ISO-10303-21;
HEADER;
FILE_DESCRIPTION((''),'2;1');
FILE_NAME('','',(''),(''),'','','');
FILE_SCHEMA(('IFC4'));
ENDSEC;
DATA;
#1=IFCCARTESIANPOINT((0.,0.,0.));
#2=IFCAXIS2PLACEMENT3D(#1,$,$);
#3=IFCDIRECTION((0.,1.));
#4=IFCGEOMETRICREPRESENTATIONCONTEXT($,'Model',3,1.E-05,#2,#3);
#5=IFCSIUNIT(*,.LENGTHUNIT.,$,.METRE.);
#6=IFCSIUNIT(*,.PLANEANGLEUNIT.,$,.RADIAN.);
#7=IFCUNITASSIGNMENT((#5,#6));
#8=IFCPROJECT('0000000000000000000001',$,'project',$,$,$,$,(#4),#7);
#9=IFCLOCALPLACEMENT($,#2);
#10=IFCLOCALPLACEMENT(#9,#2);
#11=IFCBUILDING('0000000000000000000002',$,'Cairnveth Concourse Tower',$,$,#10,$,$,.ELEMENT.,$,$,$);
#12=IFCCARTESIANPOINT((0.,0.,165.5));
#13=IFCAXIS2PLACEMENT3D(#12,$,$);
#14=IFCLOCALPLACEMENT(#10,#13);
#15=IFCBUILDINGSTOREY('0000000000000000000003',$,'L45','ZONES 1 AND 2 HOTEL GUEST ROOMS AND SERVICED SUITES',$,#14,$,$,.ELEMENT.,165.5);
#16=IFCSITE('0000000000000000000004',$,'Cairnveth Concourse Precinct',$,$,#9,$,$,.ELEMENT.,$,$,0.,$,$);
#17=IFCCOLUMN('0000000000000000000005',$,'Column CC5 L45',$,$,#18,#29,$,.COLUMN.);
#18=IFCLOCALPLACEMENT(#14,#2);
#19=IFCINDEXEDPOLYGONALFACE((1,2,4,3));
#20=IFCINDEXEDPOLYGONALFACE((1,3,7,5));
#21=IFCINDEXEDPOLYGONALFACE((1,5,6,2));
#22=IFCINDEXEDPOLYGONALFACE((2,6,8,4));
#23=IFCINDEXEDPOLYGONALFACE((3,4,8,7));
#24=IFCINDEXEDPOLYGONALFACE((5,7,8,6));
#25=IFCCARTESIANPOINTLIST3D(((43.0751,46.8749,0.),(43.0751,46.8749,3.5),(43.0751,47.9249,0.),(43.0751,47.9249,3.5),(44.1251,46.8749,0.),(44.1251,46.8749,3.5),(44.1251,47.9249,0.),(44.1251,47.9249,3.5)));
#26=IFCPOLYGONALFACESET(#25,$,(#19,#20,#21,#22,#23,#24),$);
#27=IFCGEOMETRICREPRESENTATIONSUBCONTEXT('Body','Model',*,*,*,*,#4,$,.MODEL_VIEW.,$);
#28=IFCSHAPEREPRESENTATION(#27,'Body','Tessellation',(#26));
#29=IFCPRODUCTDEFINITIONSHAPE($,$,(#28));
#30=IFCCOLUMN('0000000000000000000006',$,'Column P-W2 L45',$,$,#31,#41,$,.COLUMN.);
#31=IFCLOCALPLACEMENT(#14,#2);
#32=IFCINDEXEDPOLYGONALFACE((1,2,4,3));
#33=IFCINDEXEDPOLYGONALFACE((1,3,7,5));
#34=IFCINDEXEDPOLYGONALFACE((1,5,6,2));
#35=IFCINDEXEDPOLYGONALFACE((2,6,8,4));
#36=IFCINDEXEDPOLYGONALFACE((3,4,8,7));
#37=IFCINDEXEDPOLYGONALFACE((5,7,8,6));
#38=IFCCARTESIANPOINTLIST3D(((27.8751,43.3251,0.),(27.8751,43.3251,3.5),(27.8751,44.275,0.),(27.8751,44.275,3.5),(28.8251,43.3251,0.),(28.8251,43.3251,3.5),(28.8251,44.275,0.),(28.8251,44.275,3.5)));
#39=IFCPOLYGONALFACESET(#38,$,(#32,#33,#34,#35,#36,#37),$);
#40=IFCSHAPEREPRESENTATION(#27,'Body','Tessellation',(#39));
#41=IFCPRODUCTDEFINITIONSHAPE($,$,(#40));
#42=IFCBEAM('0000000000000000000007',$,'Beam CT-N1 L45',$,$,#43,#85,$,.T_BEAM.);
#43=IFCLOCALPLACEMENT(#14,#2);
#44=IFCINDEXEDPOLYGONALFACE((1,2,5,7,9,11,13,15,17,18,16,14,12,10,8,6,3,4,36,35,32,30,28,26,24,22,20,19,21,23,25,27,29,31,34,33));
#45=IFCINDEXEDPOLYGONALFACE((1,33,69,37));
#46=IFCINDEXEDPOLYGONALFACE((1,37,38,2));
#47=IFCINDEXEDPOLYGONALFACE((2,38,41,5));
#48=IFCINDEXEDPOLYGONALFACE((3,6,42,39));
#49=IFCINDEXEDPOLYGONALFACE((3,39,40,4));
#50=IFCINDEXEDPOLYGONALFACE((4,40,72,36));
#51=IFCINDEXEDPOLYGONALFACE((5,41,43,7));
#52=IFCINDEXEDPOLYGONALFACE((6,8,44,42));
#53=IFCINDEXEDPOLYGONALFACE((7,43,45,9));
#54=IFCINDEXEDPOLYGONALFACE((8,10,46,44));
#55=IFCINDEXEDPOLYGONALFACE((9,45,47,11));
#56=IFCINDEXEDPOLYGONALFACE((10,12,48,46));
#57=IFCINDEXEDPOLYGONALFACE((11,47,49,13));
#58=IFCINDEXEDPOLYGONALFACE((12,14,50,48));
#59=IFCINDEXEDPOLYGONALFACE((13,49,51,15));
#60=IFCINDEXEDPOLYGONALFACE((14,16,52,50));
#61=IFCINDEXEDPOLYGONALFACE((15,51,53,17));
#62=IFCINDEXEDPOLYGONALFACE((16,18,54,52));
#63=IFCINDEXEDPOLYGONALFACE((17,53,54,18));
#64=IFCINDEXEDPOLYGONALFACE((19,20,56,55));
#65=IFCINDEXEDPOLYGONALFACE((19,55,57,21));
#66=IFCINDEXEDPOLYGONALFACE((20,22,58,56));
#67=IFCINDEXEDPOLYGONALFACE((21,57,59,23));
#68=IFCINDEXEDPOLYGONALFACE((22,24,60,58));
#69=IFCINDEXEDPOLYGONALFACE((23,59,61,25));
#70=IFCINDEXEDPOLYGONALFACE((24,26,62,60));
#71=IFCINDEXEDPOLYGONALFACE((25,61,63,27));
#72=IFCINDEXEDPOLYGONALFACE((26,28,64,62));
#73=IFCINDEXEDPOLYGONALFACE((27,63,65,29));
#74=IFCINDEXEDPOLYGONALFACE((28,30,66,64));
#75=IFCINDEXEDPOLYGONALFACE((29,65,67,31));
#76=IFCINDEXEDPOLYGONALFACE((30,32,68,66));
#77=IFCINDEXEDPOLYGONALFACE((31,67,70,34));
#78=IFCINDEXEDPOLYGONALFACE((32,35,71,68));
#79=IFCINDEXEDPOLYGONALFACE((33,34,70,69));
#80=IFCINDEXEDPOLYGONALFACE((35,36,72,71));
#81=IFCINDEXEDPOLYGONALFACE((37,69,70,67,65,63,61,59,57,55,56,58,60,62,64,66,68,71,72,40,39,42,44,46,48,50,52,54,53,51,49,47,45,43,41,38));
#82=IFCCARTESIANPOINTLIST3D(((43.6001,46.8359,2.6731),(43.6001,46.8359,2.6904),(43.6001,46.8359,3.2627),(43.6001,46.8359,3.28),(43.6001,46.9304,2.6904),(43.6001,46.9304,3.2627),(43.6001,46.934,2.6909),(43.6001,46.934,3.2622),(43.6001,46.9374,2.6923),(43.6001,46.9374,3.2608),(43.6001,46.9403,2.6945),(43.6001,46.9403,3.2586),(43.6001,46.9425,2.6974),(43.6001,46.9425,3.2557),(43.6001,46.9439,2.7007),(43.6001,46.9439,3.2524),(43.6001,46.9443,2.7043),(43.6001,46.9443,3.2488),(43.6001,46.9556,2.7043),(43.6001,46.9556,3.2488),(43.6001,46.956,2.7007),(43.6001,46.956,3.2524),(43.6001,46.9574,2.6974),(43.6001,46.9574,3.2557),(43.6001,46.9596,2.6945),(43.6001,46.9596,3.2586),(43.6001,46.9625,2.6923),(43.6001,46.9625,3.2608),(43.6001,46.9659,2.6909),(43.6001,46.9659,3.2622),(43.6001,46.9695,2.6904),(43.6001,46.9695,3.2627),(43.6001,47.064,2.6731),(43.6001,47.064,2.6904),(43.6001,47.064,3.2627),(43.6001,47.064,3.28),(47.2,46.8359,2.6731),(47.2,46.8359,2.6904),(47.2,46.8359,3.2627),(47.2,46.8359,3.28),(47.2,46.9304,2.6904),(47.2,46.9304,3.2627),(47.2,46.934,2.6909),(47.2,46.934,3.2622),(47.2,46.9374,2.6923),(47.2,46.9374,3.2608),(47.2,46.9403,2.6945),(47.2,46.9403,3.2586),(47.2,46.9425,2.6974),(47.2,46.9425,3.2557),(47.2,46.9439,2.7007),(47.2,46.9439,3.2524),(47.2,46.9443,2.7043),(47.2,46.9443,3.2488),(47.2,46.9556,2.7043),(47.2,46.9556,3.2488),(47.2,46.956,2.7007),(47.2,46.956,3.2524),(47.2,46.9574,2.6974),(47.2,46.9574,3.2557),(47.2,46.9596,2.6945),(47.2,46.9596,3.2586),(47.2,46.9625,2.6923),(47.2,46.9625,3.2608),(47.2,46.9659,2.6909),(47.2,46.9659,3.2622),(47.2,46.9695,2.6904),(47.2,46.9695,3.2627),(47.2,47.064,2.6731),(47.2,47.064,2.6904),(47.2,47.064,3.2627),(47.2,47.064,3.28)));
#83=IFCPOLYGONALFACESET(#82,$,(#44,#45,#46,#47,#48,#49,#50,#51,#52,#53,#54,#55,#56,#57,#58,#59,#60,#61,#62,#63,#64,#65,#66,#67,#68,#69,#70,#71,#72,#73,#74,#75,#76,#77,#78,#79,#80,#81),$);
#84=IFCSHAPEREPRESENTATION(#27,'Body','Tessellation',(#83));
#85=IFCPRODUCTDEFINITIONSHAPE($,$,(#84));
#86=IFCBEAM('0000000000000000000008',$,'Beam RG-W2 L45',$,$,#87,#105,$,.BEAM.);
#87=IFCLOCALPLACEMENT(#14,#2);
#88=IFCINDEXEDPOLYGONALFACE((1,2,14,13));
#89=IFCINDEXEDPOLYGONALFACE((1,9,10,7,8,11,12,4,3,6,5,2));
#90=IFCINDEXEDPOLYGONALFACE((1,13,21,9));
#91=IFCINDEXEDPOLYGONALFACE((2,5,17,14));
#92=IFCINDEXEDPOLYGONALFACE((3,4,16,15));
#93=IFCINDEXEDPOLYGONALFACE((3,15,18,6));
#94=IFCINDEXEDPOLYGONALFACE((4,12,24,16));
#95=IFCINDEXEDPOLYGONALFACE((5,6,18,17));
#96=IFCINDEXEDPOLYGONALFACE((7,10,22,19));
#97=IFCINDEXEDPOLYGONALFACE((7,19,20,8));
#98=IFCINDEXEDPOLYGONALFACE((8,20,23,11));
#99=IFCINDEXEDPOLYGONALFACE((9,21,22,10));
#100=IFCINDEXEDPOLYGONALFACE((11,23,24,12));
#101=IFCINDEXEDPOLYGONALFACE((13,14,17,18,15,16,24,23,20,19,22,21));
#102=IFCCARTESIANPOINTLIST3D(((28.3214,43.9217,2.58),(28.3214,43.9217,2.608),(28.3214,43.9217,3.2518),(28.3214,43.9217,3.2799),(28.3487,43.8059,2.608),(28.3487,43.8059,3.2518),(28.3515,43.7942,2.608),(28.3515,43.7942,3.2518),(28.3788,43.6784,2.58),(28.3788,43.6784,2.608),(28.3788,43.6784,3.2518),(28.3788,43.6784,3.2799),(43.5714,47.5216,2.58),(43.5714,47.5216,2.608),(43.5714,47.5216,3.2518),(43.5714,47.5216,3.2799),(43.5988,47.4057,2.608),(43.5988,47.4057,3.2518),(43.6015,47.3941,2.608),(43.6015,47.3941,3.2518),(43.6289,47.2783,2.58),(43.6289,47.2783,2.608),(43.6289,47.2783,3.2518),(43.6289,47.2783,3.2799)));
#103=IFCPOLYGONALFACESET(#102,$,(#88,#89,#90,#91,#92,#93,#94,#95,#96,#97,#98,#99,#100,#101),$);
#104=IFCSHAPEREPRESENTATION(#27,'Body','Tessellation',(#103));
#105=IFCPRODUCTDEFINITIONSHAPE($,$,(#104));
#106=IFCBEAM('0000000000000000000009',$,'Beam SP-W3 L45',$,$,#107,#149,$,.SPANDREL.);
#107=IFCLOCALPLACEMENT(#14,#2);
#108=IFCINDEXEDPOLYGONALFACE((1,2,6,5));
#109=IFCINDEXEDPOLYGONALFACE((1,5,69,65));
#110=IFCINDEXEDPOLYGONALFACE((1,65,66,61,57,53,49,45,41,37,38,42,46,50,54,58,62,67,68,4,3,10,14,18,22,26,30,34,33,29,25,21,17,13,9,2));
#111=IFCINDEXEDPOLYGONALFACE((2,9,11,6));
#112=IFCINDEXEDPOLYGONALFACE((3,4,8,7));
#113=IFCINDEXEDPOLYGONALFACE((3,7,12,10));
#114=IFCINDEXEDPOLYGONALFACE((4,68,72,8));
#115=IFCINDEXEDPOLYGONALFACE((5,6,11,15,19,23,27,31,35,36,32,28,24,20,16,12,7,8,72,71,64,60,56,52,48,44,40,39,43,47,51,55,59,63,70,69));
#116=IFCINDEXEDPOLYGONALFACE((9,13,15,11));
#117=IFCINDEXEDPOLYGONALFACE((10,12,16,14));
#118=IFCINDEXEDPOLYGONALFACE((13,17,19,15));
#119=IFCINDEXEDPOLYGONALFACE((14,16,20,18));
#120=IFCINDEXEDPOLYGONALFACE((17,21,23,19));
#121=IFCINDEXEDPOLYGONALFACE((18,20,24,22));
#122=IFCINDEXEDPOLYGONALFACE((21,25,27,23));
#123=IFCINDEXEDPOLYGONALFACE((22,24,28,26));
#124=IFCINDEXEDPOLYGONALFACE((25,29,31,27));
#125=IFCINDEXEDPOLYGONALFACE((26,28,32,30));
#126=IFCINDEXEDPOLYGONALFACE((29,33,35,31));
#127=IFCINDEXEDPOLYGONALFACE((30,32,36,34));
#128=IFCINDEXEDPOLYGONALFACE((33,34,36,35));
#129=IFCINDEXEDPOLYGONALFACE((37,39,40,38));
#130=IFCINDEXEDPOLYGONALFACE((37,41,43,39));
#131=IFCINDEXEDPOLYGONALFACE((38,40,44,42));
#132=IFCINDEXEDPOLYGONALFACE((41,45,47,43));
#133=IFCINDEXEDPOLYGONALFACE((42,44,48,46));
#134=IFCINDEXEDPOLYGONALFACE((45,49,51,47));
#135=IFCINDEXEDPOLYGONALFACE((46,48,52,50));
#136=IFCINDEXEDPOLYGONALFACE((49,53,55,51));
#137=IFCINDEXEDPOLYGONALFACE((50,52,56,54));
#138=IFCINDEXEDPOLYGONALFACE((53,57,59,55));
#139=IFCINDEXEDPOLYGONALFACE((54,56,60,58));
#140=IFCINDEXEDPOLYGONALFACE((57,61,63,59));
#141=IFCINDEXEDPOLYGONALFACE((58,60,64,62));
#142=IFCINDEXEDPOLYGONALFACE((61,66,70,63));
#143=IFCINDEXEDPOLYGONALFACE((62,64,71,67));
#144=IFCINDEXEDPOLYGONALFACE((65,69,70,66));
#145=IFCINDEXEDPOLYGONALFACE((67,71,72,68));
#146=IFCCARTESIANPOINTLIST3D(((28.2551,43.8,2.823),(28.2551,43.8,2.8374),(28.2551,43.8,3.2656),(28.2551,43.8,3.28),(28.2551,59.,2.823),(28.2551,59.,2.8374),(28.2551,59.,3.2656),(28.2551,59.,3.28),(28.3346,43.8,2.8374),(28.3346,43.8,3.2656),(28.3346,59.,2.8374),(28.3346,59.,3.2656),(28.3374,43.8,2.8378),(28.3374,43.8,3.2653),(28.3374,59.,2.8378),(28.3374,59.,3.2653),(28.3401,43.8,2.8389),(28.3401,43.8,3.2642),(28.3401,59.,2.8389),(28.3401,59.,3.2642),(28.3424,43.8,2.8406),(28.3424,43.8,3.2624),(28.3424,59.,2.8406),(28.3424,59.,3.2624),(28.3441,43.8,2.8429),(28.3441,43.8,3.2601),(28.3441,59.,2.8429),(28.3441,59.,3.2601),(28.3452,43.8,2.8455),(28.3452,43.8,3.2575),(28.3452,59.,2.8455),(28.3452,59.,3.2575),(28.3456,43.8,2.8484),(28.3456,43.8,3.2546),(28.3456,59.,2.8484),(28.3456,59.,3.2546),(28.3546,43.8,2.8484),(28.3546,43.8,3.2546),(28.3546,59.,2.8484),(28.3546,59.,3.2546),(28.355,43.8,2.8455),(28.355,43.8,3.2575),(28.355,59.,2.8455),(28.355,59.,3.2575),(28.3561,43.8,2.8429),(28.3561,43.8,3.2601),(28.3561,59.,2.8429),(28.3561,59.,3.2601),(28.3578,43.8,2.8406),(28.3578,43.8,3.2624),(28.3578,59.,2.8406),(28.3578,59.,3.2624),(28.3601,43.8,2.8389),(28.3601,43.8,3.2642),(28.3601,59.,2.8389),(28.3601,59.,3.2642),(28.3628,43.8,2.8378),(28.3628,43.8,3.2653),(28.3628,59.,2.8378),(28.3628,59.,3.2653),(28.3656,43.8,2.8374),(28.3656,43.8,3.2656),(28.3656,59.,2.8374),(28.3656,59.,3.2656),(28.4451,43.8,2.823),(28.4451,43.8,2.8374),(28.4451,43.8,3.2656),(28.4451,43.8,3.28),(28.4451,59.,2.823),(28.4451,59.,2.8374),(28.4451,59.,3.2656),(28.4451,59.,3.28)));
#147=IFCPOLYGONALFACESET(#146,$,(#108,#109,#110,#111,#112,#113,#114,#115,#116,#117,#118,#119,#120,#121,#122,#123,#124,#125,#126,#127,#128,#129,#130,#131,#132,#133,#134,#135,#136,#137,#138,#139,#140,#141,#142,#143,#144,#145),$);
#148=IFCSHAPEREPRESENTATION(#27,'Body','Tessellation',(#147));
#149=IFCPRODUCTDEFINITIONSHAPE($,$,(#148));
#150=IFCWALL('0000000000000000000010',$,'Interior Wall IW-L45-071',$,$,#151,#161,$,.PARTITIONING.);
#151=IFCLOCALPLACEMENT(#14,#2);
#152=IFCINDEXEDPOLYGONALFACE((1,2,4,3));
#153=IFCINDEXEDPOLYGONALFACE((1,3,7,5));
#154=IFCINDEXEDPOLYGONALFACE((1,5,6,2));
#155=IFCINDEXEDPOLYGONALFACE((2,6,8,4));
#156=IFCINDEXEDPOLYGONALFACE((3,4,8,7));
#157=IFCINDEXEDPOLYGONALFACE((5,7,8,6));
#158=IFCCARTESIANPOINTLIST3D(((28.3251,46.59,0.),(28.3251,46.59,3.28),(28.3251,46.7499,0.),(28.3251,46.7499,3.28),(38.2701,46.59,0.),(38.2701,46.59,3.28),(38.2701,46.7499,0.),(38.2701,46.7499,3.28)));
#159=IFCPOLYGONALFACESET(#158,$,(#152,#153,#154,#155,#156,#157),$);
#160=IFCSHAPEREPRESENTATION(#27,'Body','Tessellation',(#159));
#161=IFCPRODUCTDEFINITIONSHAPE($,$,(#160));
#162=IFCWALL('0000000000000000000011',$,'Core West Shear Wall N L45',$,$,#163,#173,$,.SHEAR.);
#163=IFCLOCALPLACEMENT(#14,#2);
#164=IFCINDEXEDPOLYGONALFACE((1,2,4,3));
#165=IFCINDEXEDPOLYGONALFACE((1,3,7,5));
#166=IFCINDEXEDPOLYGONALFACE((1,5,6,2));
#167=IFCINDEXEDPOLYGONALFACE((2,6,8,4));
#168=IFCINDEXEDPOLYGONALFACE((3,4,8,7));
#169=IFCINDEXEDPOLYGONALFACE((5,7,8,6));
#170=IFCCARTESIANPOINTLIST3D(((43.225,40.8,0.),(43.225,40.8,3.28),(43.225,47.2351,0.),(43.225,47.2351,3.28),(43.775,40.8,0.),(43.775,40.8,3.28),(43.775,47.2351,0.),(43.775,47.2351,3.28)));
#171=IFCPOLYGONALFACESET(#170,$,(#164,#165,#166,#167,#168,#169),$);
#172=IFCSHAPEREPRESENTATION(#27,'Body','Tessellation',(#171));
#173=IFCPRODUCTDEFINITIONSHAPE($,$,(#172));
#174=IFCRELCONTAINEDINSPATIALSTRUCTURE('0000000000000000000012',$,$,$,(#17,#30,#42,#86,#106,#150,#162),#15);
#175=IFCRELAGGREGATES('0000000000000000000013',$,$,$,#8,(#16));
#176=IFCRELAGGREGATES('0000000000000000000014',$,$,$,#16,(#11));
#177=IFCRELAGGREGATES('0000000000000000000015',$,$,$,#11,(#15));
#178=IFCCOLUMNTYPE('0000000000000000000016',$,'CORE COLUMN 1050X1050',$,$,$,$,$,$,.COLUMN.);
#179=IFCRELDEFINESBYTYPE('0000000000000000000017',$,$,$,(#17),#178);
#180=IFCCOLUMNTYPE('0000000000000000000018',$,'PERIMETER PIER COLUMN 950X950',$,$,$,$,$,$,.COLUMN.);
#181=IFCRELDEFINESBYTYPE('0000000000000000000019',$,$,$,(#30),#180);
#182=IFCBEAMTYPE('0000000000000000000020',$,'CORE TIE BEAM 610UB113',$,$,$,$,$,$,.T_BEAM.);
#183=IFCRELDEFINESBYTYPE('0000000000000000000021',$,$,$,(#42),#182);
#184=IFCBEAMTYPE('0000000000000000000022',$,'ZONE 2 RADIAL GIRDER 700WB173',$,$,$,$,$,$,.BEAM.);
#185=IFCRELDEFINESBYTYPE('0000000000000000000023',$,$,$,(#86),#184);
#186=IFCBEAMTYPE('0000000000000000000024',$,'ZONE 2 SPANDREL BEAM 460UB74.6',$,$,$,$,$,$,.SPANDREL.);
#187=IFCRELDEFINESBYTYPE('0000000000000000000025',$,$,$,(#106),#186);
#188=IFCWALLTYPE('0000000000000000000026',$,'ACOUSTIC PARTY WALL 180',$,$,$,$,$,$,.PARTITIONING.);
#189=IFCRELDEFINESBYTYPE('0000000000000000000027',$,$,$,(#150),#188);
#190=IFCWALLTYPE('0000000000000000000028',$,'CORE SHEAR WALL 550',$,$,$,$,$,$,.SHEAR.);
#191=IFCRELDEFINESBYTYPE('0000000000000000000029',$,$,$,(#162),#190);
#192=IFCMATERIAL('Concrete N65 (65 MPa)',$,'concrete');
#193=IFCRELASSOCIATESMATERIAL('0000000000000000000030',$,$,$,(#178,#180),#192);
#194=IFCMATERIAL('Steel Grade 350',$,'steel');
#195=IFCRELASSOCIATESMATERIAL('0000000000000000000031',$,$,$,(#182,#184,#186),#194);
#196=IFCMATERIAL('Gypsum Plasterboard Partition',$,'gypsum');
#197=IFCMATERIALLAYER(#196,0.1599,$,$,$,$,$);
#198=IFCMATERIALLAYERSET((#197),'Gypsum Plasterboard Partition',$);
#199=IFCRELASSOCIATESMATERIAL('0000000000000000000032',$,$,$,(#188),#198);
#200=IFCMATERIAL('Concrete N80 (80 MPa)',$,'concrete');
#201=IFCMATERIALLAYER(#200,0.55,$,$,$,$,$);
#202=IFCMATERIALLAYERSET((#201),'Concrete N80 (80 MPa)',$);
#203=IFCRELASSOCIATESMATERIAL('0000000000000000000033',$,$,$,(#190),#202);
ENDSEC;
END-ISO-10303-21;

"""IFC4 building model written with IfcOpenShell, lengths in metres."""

from ifc_helpers import new_model, si_unit, direction, frame, frame_2d, origin, origin_2d, place, context, subcontext, project, spatial, rectangle, i_section, extrude, material, layer, layer_set, material_profile, profile_set, type_object, element, save


model = new_model("IFC4")

# Units and contexts
model_context = context("Model", 3, precision=1e-05, world=origin(), true_north=direction((0.0, 1.0)))
body_context = subcontext(model_context, "Body", "Model", "MODEL_VIEW")
ifc_project = project(units=[si_unit("LENGTHUNIT", "METRE"), si_unit("PLANEANGLEUNIT", "RADIAN")], contexts=[model_context])

# Site, building, storey
site_placement = place(None, origin())
site = spatial("IfcSite", under=ifc_project, at=site_placement, Name="Cairnveth Concourse Precinct", CompositionType="ELEMENT", RefElevation=0.0)
building_placement = place(site_placement, origin())
building = spatial("IfcBuilding", under=site, at=building_placement, Name="Cairnveth Concourse Tower", CompositionType="ELEMENT")
storey_placement = place(building_placement, frame((0.0, 0.0, 165.5)))
storey = spatial("IfcBuildingStorey", under=building, at=storey_placement, Name="L45", Description="ZONES 1 AND 2 HOTEL GUEST ROOMS AND SERVICED SUITES", CompositionType="ELEMENT", Elevation=165.5)

# Columns
ifc_material_1 = material(Name="Concrete N65 (65 MPa)", Category="concrete")
ifc_material_profile_1 = material_profile(ifc_material_1, rectangle(XDim=1.05, YDim=1.05, at=origin_2d()), Name="RC-COL-1050x1050")
ifc_profile_set_1 = profile_set([ifc_material_profile_1], Name="Concrete N65 (65 MPa)")
column_type_1 = type_object("IfcColumnType", Name="CORE COLUMN 1050X1050", PredefinedType="COLUMN", material=ifc_profile_set_1)
column_1_placement = place(storey_placement, frame((43.6001, 47.3999, 0.0), z_axis=(0.0, 0.0, 1.0), x_axis=(1.0, 0.0, 0.0)))
element("IfcColumn", 1, at=column_1_placement, inside=storey, type_object=column_type_1, Name="Column CC5 L45", PredefinedType="COLUMN", context=body_context, shape_type="SweptSolid", body=[
    extrude(rectangle(XDim=1.05, YDim=1.05, at=origin_2d()), origin(), (0.0, 0.0, 1.0), 3.5),
])
ifc_material_profile_2 = material_profile(ifc_material_1, rectangle(XDim=0.95, YDim=0.95, at=origin_2d()), Name="RC-COL-950x950")
ifc_profile_set_2 = profile_set([ifc_material_profile_2], Name="Concrete N65 (65 MPa)")
column_type_2 = type_object("IfcColumnType", Name="PERIMETER PIER COLUMN 950X950", PredefinedType="COLUMN", material=ifc_profile_set_2)
column_2_placement = place(storey_placement, frame((28.3501, 43.8, 0.0), z_axis=(0.0, 0.0, 1.0), x_axis=(0.0, 1.0, 0.0)))
element("IfcColumn", 2, at=column_2_placement, inside=storey, type_object=column_type_2, Name="Column P-W2 L45", PredefinedType="COLUMN", context=body_context, shape_type="SweptSolid", body=[
    extrude(rectangle(XDim=0.95, YDim=0.95, at=origin_2d()), origin(), (0.0, 0.0, 1.0), 3.5),
])

# Beams
ifc_material_2 = material(Name="Steel Grade 350", Category="steel")
ifc_material_profile_3 = material_profile(ifc_material_2, i_section(OverallWidth=0.228, OverallDepth=0.6069, WebThickness=0.0112, FlangeThickness=0.0173, FilletRadius=0.0139, at=origin_2d()), Name="610UB113")
ifc_profile_set_3 = profile_set([ifc_material_profile_3], Name="Steel Grade 350")
beam_type_1 = type_object("IfcBeamType", Name="CORE TIE BEAM 610UB113", PredefinedType="T_BEAM", material=ifc_profile_set_3)
beam_1_placement = place(storey_placement, frame((43.6001, 46.95, 2.9766), z_axis=(1.0, 0.0, 0.0), x_axis=(0.0, 1.0, 0.0)))
element("IfcBeam", 3, at=beam_1_placement, inside=storey, type_object=beam_type_1, Name="Beam CT-N1 L45", PredefinedType="T_BEAM", context=body_context, shape_type="SweptSolid", body=[
    extrude(i_section(OverallWidth=0.228, OverallDepth=0.6069, WebThickness=0.0112, FlangeThickness=0.0173, FilletRadius=0.0139, at=origin_2d()), origin(), (0.0, 0.0, 1.0), 3.5999),
])
ifc_material_profile_4 = material_profile(ifc_material_2, i_section(OverallWidth=0.25, OverallDepth=0.7, WebThickness=0.012, FlangeThickness=0.0281, at=origin_2d()), Name="700WB173")
ifc_profile_set_4 = profile_set([ifc_material_profile_4], Name="Steel Grade 350")
beam_type_2 = type_object("IfcBeamType", Name="ZONE 2 RADIAL GIRDER 700WB173", PredefinedType="BEAM", material=ifc_profile_set_4)
beam_2_placement = place(storey_placement, frame((28.3501, 43.8, 2.9299), z_axis=(0.973252, 0.229742, 0.0), x_axis=(-0.229742, 0.973252, 0.0)))
element("IfcBeam", 4, at=beam_2_placement, inside=storey, type_object=beam_type_2, Name="Beam RG-W2 L45", PredefinedType="BEAM", context=body_context, shape_type="SweptSolid", body=[
    extrude(i_section(OverallWidth=0.25, OverallDepth=0.7, WebThickness=0.012, FlangeThickness=0.0281, at=origin_2d()), origin(), (0.0, 0.0, 1.0), 15.6692),
])
ifc_material_profile_5 = material_profile(ifc_material_2, i_section(OverallWidth=0.1899, OverallDepth=0.457, WebThickness=0.009, FlangeThickness=0.0144, FilletRadius=0.011, at=origin_2d()), Name="460UB74.6")
ifc_profile_set_5 = profile_set([ifc_material_profile_5], Name="Steel Grade 350")
beam_type_3 = type_object("IfcBeamType", Name="ZONE 2 SPANDREL BEAM 460UB74.6", PredefinedType="SPANDREL", material=ifc_profile_set_5)
beam_3_placement = place(storey_placement, frame((28.3501, 43.8, 3.0515), z_axis=(0.0, 1.0, 0.0), x_axis=(-1.0, 0.0, 0.0)))
element("IfcBeam", 5, at=beam_3_placement, inside=storey, type_object=beam_type_3, Name="Beam SP-W3 L45", PredefinedType="SPANDREL", context=body_context, shape_type="SweptSolid", body=[
    extrude(i_section(OverallWidth=0.1899, OverallDepth=0.457, WebThickness=0.009, FlangeThickness=0.0144, FilletRadius=0.011, at=origin_2d()), origin(), (0.0, 0.0, 1.0), 15.2),
])

# Walls
ifc_material_3 = material(Name="Gypsum Plasterboard Partition", Category="gypsum")
ifc_layer_1 = layer(ifc_material_3, 0.1599)
ifc_layer_set_1 = layer_set([ifc_layer_1], Name="Gypsum Plasterboard Partition")
wall_type_1 = type_object("IfcWallType", Name="ACOUSTIC PARTY WALL 180", PredefinedType="PARTITIONING", material=ifc_layer_set_1)
wall_1_placement = place(storey_placement, frame((28.325, 46.6699, 0.0), z_axis=(0.0, 0.0, 1.0), x_axis=(1.0, 0.0, 0.0)))
element("IfcWall", 6, at=wall_1_placement, inside=storey, type_object=wall_type_1, Name="Interior Wall IW-L45-071", PredefinedType="PARTITIONING", context=body_context, shape_type="SweptSolid", body=[
    extrude(rectangle(XDim=9.9451, YDim=0.1599, at=frame_2d((4.9727, 0.0))), origin(), (0.0, 0.0, 1.0), 3.28),
])
ifc_material_4 = material(Name="Concrete N80 (80 MPa)", Category="concrete")
ifc_layer_2 = layer(ifc_material_4, 0.55)
ifc_layer_set_2 = layer_set([ifc_layer_2], Name="Concrete N80 (80 MPa)")
wall_type_2 = type_object("IfcWallType", Name="CORE SHEAR WALL 550", PredefinedType="SHEAR", material=ifc_layer_set_2)
wall_2_placement = place(storey_placement, frame((43.5, 40.8, 0.0), z_axis=(0.0, 0.0, 1.0), x_axis=(0.0, 1.0, 0.0)))
element("IfcWall", 7, at=wall_2_placement, inside=storey, type_object=wall_type_2, Name="Core West Shear Wall N L45", PredefinedType="SHEAR", context=body_context, shape_type="SweptSolid", body=[
    extrude(rectangle(XDim=6.4351, YDim=0.55, at=frame_2d((3.2175, 0.0))), origin(), (0.0, 0.0, 1.0), 3.28),
])

save(model, "model.ifc")
